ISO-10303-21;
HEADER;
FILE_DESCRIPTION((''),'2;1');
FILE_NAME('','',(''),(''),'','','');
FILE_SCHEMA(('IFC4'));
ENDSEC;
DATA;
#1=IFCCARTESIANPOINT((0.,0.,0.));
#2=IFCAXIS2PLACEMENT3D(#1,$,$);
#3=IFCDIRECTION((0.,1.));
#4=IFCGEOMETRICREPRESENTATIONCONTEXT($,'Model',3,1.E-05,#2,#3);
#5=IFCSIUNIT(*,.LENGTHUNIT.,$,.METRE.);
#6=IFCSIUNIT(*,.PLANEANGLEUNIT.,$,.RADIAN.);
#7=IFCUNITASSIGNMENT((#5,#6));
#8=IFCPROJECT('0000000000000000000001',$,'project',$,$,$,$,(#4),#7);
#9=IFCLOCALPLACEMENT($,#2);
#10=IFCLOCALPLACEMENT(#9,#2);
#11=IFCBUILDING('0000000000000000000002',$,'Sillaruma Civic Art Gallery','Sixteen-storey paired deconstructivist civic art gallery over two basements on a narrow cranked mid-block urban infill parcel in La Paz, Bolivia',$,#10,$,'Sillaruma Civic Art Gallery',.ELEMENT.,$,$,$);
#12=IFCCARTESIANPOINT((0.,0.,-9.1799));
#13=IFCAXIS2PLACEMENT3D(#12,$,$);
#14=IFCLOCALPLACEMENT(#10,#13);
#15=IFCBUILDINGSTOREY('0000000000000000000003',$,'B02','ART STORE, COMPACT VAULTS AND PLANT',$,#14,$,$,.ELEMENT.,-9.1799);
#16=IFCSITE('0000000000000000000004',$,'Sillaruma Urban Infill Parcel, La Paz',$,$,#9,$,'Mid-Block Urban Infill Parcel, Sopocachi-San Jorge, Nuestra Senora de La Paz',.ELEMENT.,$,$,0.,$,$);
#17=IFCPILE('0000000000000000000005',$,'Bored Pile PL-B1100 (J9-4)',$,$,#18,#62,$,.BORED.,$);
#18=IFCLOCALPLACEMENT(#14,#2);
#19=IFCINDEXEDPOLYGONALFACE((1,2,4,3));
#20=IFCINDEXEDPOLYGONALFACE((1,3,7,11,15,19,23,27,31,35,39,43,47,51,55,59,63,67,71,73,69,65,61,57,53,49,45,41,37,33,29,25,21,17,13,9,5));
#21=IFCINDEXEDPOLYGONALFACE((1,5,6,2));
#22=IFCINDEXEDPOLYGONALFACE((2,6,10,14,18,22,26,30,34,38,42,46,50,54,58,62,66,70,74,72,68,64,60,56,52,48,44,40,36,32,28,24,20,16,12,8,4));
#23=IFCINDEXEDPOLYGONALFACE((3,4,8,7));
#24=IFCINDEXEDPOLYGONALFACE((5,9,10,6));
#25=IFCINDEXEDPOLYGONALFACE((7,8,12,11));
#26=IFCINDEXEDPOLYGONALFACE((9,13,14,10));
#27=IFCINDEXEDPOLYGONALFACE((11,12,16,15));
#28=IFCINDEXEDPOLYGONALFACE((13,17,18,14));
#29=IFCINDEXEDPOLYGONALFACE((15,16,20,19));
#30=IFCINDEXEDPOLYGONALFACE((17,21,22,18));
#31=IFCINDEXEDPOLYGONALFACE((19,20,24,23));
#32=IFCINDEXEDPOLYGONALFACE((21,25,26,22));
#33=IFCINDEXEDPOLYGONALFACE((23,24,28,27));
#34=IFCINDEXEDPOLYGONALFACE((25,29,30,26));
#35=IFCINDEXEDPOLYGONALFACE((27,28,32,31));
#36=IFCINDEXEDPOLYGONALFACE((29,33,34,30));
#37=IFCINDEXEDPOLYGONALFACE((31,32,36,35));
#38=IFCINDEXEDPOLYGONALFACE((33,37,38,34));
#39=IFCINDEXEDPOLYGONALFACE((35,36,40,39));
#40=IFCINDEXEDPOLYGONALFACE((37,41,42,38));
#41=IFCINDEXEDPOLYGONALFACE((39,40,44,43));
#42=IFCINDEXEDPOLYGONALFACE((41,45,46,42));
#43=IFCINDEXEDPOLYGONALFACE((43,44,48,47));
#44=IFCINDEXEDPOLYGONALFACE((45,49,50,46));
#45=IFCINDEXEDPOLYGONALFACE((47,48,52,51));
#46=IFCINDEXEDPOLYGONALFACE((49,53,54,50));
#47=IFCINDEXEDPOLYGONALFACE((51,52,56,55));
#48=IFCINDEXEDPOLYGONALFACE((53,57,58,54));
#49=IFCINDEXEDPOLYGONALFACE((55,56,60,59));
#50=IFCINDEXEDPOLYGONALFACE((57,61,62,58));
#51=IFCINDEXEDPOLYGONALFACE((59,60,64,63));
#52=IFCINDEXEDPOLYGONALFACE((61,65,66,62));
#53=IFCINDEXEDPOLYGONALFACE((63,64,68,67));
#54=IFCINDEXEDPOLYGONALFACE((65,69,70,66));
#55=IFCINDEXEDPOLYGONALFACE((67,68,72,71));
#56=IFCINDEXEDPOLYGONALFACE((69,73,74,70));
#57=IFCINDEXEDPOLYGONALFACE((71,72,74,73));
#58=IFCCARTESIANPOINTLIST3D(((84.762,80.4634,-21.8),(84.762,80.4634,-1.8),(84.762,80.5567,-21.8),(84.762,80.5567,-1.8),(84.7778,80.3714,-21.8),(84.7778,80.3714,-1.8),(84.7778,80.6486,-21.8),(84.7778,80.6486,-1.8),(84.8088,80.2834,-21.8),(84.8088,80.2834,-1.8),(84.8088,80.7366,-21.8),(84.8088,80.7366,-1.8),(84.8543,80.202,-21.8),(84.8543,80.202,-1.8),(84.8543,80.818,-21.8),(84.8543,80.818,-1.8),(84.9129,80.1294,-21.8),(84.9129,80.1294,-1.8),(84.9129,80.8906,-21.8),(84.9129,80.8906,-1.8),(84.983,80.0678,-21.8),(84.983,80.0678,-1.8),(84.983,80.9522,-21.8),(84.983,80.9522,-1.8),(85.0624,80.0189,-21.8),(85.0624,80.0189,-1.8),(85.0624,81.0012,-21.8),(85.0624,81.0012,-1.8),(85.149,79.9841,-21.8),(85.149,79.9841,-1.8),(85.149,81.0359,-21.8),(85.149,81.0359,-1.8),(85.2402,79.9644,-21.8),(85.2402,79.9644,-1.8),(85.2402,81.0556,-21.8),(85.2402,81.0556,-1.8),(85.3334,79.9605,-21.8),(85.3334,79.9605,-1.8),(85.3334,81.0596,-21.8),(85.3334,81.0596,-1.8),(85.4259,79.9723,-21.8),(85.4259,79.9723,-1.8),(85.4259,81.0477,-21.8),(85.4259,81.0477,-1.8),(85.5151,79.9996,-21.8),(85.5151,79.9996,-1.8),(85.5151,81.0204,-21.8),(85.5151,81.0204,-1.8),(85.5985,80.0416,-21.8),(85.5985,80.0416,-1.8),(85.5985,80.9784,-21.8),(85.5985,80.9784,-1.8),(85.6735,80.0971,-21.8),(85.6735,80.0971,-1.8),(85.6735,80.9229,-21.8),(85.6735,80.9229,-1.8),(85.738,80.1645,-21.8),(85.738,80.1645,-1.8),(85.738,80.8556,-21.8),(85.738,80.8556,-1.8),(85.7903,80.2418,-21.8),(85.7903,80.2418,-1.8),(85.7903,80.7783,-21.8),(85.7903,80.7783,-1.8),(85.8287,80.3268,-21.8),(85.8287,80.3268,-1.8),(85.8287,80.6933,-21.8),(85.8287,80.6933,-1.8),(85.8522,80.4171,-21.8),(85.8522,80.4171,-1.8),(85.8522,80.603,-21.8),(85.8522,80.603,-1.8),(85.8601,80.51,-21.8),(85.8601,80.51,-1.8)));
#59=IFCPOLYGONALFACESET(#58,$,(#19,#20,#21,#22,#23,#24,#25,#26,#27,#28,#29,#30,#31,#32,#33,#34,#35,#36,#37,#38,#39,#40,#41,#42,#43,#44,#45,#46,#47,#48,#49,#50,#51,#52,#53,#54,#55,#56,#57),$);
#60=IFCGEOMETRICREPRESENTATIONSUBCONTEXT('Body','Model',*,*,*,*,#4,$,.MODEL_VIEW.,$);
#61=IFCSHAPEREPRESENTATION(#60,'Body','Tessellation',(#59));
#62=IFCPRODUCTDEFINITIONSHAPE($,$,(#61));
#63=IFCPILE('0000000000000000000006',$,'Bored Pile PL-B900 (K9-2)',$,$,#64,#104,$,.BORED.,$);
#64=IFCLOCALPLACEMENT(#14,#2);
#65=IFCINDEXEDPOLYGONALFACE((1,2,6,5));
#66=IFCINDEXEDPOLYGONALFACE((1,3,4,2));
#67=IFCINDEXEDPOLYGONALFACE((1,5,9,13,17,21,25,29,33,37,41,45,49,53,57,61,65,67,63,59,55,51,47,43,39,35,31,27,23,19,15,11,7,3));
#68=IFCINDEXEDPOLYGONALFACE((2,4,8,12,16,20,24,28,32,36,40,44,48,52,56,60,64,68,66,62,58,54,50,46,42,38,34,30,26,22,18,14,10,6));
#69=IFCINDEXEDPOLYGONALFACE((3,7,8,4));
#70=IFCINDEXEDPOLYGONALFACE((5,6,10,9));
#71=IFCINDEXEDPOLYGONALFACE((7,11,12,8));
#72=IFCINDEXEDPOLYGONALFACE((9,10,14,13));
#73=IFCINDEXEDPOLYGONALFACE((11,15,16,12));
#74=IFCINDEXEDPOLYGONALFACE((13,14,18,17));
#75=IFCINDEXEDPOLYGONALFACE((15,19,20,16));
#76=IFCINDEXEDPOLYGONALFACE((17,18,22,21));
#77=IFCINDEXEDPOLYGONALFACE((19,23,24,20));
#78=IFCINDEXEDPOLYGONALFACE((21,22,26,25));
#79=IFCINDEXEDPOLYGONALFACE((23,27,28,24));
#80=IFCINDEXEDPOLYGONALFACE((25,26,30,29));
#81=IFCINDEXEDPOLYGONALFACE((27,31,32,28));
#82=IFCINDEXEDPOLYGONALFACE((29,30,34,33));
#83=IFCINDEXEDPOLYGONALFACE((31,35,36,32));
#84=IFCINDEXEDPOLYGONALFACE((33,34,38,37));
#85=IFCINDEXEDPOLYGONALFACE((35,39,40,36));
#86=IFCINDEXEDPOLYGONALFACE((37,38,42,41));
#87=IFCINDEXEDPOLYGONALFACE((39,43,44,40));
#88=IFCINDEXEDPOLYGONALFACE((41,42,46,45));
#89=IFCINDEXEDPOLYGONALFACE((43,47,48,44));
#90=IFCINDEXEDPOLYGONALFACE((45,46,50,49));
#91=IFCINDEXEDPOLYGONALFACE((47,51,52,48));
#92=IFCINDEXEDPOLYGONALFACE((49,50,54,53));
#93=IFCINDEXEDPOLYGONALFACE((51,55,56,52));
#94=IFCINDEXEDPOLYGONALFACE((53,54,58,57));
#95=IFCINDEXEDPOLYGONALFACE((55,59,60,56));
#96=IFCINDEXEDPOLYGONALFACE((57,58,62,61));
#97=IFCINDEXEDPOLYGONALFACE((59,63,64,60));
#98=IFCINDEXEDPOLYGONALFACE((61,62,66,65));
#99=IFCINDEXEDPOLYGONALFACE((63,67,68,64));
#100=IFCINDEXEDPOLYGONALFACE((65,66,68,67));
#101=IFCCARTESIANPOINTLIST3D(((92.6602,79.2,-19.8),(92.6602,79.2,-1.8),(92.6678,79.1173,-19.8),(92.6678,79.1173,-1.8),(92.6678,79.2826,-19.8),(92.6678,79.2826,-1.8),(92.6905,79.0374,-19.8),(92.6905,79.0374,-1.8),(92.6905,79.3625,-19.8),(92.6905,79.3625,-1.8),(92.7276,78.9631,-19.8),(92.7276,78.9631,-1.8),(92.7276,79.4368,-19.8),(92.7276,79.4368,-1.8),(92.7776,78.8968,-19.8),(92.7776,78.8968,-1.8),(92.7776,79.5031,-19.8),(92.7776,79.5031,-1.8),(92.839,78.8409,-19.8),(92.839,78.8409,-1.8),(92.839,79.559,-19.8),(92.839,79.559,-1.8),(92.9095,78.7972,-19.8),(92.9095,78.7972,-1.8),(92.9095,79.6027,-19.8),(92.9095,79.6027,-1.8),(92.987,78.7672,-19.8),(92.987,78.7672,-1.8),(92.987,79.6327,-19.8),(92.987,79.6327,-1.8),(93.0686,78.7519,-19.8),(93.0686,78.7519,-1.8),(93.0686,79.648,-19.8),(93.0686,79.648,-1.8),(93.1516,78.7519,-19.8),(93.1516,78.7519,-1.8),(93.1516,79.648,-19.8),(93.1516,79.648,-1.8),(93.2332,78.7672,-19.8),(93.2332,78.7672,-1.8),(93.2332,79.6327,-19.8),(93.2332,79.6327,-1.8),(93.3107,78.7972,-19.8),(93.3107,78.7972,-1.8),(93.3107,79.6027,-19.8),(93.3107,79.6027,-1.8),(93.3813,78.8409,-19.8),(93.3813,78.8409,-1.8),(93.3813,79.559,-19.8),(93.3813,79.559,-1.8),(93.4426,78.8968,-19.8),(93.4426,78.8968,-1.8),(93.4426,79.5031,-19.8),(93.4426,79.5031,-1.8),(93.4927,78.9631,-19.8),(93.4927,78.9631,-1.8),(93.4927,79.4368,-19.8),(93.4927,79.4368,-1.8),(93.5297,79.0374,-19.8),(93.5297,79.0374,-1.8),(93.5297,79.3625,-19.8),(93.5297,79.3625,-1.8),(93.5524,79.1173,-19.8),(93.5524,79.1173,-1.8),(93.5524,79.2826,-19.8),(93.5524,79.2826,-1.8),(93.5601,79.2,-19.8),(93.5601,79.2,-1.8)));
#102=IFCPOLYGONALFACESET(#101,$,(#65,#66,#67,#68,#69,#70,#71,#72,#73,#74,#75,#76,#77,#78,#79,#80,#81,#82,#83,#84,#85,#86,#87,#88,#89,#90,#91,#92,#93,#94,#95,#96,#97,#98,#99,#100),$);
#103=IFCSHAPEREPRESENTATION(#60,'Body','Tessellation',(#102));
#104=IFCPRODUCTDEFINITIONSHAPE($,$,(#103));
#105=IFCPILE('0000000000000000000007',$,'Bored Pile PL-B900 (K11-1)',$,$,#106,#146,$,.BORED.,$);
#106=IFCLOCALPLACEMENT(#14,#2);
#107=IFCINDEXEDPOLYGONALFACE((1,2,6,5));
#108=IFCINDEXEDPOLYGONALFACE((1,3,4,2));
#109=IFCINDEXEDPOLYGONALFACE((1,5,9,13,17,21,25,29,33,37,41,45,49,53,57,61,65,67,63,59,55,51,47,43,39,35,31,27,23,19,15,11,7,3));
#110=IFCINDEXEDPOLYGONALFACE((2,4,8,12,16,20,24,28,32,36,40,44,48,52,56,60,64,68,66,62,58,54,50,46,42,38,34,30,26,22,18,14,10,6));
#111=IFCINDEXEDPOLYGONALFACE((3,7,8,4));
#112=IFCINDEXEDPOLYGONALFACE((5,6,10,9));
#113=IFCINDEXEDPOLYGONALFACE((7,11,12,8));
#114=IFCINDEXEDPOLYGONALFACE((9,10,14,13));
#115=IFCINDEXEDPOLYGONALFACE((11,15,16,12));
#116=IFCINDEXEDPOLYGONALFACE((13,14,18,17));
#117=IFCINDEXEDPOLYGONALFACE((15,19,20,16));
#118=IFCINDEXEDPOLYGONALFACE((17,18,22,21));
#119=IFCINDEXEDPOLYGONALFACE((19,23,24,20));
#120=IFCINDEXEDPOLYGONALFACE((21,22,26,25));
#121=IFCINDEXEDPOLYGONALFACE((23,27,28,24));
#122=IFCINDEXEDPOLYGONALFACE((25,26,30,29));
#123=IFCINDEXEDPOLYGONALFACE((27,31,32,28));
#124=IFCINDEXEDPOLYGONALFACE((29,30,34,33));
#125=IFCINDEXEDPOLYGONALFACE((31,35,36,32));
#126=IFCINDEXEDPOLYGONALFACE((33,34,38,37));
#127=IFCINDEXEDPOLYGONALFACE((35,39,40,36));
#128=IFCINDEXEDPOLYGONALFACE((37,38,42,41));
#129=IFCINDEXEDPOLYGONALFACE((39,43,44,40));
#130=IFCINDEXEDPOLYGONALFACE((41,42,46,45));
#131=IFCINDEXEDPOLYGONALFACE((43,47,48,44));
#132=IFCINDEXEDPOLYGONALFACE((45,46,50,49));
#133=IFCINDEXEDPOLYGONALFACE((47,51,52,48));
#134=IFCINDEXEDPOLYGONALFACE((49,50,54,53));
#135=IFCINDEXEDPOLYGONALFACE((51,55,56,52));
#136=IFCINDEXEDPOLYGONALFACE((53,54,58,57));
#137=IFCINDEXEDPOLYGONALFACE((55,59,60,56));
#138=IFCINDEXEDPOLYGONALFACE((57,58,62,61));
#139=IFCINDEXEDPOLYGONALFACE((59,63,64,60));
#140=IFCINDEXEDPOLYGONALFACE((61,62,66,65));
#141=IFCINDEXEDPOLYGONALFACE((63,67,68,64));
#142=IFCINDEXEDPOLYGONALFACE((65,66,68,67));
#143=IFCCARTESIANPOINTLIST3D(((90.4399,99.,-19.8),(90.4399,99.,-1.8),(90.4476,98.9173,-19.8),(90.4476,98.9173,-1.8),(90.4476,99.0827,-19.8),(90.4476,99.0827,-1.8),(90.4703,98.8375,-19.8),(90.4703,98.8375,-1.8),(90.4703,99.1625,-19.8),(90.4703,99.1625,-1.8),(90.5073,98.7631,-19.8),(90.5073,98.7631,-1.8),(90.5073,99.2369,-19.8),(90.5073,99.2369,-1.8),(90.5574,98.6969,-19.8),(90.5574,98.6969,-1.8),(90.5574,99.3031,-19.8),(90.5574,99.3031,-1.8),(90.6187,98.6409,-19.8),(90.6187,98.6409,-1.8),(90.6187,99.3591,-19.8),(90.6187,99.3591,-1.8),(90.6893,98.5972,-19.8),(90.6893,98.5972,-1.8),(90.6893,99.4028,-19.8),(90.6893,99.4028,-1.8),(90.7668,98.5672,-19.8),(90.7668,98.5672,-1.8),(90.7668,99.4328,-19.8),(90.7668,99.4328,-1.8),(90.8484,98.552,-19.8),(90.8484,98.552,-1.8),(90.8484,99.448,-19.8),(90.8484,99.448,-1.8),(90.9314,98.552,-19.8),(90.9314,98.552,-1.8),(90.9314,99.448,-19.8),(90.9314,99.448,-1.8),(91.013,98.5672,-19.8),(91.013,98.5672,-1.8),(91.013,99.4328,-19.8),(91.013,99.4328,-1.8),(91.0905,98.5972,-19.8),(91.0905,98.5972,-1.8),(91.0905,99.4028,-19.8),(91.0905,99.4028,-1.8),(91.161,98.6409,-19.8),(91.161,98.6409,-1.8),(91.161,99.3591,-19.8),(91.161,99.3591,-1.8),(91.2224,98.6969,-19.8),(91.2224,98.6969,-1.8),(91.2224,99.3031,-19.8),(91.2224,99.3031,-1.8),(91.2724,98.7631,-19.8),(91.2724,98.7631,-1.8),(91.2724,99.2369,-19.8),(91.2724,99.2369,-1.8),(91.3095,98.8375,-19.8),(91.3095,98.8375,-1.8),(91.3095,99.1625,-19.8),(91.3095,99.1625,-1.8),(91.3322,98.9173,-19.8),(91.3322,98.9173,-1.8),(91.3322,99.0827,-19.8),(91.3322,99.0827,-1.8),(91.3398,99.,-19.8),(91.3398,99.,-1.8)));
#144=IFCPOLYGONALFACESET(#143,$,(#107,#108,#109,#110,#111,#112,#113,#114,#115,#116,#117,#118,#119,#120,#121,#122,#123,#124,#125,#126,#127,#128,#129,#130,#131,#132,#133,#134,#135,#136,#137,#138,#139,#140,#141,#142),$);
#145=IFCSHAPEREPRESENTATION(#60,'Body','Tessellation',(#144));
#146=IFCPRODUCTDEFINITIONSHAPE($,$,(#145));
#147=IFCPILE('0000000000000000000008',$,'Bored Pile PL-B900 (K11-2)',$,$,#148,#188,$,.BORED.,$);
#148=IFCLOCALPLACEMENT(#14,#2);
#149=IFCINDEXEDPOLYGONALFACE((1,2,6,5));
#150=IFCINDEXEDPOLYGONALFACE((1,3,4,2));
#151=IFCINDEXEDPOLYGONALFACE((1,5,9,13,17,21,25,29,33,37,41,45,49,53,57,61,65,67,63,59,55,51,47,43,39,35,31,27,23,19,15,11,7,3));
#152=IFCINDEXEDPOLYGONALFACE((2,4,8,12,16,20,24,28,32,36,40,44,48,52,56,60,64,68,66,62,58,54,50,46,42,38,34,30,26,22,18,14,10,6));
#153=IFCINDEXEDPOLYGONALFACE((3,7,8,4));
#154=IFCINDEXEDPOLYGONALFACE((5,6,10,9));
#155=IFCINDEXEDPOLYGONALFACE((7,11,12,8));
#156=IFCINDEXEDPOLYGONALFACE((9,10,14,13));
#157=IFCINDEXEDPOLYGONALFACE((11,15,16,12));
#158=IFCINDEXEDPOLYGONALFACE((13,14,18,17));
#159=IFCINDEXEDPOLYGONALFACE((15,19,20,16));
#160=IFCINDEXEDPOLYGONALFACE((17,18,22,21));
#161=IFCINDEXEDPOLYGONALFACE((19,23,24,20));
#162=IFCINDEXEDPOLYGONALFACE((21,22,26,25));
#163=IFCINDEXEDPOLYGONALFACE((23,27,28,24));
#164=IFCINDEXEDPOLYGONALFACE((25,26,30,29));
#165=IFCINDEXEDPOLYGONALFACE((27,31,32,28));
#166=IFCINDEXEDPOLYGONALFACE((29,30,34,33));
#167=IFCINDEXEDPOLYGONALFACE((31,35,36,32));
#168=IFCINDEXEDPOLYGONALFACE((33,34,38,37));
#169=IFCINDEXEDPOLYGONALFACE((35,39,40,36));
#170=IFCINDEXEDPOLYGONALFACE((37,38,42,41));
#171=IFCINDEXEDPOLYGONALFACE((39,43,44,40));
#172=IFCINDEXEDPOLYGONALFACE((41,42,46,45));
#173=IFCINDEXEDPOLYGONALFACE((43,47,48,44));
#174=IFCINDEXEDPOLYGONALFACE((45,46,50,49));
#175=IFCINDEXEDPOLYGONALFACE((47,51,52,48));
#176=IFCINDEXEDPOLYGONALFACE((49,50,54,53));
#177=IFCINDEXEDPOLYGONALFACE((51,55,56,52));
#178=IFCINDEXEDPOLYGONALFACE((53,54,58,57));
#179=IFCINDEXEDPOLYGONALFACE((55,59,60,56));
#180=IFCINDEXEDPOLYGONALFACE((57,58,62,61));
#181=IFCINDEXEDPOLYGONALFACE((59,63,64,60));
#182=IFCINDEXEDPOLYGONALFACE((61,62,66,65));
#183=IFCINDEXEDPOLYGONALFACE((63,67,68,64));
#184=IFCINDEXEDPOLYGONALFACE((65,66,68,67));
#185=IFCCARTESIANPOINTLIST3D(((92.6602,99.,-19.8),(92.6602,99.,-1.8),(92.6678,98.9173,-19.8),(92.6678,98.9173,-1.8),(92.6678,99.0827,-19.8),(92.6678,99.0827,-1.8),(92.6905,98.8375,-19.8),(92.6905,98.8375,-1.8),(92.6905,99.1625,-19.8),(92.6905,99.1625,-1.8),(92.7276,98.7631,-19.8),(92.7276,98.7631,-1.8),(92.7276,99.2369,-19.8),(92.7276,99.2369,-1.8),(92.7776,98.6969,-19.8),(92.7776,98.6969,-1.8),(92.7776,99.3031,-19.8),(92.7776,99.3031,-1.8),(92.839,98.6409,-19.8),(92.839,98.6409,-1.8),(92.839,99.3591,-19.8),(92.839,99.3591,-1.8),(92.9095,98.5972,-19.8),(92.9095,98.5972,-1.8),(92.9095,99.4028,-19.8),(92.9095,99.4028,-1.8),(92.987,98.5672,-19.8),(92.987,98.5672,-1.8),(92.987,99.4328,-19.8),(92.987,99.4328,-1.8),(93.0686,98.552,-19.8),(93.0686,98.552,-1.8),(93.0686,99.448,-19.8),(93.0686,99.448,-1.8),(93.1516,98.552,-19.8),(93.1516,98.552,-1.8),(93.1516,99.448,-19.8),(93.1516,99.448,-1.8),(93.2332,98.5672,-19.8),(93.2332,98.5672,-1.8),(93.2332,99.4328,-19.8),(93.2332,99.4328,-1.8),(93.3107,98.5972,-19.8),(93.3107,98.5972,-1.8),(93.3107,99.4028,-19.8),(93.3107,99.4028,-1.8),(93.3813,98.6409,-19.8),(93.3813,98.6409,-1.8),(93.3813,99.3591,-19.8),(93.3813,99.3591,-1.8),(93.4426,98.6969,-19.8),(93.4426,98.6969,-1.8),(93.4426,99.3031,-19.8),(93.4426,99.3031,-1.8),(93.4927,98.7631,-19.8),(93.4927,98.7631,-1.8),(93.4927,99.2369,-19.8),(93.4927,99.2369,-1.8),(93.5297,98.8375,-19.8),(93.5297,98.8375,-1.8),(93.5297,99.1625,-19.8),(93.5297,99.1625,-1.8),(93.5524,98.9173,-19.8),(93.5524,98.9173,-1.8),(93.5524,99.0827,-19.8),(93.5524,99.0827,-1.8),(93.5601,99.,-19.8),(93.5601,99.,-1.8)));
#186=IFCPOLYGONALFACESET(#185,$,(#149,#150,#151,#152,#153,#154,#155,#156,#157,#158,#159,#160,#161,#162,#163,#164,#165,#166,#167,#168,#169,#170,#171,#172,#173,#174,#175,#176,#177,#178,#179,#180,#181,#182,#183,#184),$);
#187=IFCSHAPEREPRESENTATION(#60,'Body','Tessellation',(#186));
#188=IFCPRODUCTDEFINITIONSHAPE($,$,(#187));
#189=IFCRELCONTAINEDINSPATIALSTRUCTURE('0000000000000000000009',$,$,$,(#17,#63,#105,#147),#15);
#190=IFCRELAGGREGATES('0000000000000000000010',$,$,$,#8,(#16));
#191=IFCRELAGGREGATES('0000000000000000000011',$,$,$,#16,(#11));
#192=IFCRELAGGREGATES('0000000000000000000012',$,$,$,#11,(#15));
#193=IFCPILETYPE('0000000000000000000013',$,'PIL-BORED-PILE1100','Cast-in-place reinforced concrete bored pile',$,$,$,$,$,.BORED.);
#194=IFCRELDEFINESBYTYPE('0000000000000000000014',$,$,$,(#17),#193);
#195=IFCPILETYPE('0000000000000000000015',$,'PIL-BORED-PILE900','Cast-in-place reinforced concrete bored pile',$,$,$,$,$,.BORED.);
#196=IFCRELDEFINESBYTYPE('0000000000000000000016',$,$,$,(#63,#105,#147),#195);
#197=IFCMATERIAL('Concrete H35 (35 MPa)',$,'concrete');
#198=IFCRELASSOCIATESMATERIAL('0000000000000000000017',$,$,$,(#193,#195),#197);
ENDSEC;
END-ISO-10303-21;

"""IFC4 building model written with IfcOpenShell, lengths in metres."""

from ifc_helpers import new_model, si_unit, direction, frame, origin, origin_2d, place, context, subcontext, project, spatial, circle, extrude, material, material_profile, profile_set, type_object, element, save


model = new_model("IFC4")

# Units and contexts
model_context = context("Model", 3, precision=1e-05, world=origin(), true_north=direction((0.0, 1.0)))
body_context = subcontext(model_context, "Body", "Model", "MODEL_VIEW")
ifc_project = project(units=[si_unit("LENGTHUNIT", "METRE"), si_unit("PLANEANGLEUNIT", "RADIAN")], contexts=[model_context])

# Site, building, storey
site_placement = place(None, origin())
site = spatial("IfcSite", under=ifc_project, at=site_placement, Name="Sillaruma Urban Infill Parcel, La Paz", LongName="Mid-Block Urban Infill Parcel, Sopocachi-San Jorge, Nuestra Senora de La Paz", CompositionType="ELEMENT", RefElevation=0.0)
building_placement = place(site_placement, origin())
building = spatial("IfcBuilding", under=site, at=building_placement, Name="Sillaruma Civic Art Gallery", Description="Sixteen-storey paired deconstructivist civic art gallery over two basements on a narrow cranked mid-block urban infill parcel in La Paz, Bolivia", LongName="Sillaruma Civic Art Gallery", CompositionType="ELEMENT")
storey_placement = place(building_placement, frame((0.0, 0.0, -9.1799)))
storey = spatial("IfcBuildingStorey", under=building, at=storey_placement, Name="B02", Description="ART STORE, COMPACT VAULTS AND PLANT", CompositionType="ELEMENT", Elevation=-9.1799)

# Shared definitions
ifc_material_1 = material(Name="Concrete H35 (35 MPa)", Category="concrete")

# Piles
ifc_material_profile_1 = material_profile(ifc_material_1, circle(Radius=0.55, at=origin_2d()), Name="PILE1100")
ifc_profile_set_1 = profile_set([ifc_material_profile_1], Name="Concrete H35 (35 MPa)")
pile_type_1 = type_object("IfcPileType", Name="PIL-BORED-PILE1100", Description="Cast-in-place reinforced concrete bored pile", PredefinedType="BORED", material=ifc_profile_set_1)
pile_placement = place(storey_placement, frame((85.3101, 80.51, -1.8), z_axis=(0.0, 0.0, -1.0), x_axis=(1.0, 0.0, 0.0)))
element("IfcPile", 1, at=pile_placement, inside=storey, type_object=pile_type_1, Name="Bored Pile PL-B1100 (J9-4)", PredefinedType="BORED", context=body_context, shape_type="SweptSolid", body=[
    extrude(circle(Radius=0.55, at=origin_2d()), origin(), (0.0, 0.0, 1.0), 20.0),
])
ifc_material_profile_2 = material_profile(ifc_material_1, circle(Radius=0.45, at=origin_2d()), Name="PILE900")
ifc_profile_set_2 = profile_set([ifc_material_profile_2], Name="Concrete H35 (35 MPa)")
pile_type_2 = type_object("IfcPileType", Name="PIL-BORED-PILE900", Description="Cast-in-place reinforced concrete bored pile", PredefinedType="BORED", material=ifc_profile_set_2)
for number, where, z_axis, x_axis, name in (
    (2, (93.1101, 79.2, -1.8), (0.0, 0.0, -1.0), (1.0, 0.0, 0.0), "Bored Pile PL-B900 (K9-2)"),
    (3, (90.8899, 99.0, -1.8), (0.0, 0.0, -1.0), (1.0, 0.0, 0.0), "Bored Pile PL-B900 (K11-1)"),
    (4, (93.1101, 99.0, -1.8), (0.0, 0.0, -1.0), (1.0, 0.0, 0.0), "Bored Pile PL-B900 (K11-2)"),
):
    element("IfcPile", number, at=place(storey_placement, frame(where, z_axis=z_axis, x_axis=x_axis)), inside=storey, type_object=pile_type_2, Name=name, PredefinedType="BORED", context=body_context, shape_type="SweptSolid", body=[
        extrude(circle(Radius=0.45, at=origin_2d()), origin(), (0.0, 0.0, 1.0), 18.0),
    ])

save(model, "model.ifc")
